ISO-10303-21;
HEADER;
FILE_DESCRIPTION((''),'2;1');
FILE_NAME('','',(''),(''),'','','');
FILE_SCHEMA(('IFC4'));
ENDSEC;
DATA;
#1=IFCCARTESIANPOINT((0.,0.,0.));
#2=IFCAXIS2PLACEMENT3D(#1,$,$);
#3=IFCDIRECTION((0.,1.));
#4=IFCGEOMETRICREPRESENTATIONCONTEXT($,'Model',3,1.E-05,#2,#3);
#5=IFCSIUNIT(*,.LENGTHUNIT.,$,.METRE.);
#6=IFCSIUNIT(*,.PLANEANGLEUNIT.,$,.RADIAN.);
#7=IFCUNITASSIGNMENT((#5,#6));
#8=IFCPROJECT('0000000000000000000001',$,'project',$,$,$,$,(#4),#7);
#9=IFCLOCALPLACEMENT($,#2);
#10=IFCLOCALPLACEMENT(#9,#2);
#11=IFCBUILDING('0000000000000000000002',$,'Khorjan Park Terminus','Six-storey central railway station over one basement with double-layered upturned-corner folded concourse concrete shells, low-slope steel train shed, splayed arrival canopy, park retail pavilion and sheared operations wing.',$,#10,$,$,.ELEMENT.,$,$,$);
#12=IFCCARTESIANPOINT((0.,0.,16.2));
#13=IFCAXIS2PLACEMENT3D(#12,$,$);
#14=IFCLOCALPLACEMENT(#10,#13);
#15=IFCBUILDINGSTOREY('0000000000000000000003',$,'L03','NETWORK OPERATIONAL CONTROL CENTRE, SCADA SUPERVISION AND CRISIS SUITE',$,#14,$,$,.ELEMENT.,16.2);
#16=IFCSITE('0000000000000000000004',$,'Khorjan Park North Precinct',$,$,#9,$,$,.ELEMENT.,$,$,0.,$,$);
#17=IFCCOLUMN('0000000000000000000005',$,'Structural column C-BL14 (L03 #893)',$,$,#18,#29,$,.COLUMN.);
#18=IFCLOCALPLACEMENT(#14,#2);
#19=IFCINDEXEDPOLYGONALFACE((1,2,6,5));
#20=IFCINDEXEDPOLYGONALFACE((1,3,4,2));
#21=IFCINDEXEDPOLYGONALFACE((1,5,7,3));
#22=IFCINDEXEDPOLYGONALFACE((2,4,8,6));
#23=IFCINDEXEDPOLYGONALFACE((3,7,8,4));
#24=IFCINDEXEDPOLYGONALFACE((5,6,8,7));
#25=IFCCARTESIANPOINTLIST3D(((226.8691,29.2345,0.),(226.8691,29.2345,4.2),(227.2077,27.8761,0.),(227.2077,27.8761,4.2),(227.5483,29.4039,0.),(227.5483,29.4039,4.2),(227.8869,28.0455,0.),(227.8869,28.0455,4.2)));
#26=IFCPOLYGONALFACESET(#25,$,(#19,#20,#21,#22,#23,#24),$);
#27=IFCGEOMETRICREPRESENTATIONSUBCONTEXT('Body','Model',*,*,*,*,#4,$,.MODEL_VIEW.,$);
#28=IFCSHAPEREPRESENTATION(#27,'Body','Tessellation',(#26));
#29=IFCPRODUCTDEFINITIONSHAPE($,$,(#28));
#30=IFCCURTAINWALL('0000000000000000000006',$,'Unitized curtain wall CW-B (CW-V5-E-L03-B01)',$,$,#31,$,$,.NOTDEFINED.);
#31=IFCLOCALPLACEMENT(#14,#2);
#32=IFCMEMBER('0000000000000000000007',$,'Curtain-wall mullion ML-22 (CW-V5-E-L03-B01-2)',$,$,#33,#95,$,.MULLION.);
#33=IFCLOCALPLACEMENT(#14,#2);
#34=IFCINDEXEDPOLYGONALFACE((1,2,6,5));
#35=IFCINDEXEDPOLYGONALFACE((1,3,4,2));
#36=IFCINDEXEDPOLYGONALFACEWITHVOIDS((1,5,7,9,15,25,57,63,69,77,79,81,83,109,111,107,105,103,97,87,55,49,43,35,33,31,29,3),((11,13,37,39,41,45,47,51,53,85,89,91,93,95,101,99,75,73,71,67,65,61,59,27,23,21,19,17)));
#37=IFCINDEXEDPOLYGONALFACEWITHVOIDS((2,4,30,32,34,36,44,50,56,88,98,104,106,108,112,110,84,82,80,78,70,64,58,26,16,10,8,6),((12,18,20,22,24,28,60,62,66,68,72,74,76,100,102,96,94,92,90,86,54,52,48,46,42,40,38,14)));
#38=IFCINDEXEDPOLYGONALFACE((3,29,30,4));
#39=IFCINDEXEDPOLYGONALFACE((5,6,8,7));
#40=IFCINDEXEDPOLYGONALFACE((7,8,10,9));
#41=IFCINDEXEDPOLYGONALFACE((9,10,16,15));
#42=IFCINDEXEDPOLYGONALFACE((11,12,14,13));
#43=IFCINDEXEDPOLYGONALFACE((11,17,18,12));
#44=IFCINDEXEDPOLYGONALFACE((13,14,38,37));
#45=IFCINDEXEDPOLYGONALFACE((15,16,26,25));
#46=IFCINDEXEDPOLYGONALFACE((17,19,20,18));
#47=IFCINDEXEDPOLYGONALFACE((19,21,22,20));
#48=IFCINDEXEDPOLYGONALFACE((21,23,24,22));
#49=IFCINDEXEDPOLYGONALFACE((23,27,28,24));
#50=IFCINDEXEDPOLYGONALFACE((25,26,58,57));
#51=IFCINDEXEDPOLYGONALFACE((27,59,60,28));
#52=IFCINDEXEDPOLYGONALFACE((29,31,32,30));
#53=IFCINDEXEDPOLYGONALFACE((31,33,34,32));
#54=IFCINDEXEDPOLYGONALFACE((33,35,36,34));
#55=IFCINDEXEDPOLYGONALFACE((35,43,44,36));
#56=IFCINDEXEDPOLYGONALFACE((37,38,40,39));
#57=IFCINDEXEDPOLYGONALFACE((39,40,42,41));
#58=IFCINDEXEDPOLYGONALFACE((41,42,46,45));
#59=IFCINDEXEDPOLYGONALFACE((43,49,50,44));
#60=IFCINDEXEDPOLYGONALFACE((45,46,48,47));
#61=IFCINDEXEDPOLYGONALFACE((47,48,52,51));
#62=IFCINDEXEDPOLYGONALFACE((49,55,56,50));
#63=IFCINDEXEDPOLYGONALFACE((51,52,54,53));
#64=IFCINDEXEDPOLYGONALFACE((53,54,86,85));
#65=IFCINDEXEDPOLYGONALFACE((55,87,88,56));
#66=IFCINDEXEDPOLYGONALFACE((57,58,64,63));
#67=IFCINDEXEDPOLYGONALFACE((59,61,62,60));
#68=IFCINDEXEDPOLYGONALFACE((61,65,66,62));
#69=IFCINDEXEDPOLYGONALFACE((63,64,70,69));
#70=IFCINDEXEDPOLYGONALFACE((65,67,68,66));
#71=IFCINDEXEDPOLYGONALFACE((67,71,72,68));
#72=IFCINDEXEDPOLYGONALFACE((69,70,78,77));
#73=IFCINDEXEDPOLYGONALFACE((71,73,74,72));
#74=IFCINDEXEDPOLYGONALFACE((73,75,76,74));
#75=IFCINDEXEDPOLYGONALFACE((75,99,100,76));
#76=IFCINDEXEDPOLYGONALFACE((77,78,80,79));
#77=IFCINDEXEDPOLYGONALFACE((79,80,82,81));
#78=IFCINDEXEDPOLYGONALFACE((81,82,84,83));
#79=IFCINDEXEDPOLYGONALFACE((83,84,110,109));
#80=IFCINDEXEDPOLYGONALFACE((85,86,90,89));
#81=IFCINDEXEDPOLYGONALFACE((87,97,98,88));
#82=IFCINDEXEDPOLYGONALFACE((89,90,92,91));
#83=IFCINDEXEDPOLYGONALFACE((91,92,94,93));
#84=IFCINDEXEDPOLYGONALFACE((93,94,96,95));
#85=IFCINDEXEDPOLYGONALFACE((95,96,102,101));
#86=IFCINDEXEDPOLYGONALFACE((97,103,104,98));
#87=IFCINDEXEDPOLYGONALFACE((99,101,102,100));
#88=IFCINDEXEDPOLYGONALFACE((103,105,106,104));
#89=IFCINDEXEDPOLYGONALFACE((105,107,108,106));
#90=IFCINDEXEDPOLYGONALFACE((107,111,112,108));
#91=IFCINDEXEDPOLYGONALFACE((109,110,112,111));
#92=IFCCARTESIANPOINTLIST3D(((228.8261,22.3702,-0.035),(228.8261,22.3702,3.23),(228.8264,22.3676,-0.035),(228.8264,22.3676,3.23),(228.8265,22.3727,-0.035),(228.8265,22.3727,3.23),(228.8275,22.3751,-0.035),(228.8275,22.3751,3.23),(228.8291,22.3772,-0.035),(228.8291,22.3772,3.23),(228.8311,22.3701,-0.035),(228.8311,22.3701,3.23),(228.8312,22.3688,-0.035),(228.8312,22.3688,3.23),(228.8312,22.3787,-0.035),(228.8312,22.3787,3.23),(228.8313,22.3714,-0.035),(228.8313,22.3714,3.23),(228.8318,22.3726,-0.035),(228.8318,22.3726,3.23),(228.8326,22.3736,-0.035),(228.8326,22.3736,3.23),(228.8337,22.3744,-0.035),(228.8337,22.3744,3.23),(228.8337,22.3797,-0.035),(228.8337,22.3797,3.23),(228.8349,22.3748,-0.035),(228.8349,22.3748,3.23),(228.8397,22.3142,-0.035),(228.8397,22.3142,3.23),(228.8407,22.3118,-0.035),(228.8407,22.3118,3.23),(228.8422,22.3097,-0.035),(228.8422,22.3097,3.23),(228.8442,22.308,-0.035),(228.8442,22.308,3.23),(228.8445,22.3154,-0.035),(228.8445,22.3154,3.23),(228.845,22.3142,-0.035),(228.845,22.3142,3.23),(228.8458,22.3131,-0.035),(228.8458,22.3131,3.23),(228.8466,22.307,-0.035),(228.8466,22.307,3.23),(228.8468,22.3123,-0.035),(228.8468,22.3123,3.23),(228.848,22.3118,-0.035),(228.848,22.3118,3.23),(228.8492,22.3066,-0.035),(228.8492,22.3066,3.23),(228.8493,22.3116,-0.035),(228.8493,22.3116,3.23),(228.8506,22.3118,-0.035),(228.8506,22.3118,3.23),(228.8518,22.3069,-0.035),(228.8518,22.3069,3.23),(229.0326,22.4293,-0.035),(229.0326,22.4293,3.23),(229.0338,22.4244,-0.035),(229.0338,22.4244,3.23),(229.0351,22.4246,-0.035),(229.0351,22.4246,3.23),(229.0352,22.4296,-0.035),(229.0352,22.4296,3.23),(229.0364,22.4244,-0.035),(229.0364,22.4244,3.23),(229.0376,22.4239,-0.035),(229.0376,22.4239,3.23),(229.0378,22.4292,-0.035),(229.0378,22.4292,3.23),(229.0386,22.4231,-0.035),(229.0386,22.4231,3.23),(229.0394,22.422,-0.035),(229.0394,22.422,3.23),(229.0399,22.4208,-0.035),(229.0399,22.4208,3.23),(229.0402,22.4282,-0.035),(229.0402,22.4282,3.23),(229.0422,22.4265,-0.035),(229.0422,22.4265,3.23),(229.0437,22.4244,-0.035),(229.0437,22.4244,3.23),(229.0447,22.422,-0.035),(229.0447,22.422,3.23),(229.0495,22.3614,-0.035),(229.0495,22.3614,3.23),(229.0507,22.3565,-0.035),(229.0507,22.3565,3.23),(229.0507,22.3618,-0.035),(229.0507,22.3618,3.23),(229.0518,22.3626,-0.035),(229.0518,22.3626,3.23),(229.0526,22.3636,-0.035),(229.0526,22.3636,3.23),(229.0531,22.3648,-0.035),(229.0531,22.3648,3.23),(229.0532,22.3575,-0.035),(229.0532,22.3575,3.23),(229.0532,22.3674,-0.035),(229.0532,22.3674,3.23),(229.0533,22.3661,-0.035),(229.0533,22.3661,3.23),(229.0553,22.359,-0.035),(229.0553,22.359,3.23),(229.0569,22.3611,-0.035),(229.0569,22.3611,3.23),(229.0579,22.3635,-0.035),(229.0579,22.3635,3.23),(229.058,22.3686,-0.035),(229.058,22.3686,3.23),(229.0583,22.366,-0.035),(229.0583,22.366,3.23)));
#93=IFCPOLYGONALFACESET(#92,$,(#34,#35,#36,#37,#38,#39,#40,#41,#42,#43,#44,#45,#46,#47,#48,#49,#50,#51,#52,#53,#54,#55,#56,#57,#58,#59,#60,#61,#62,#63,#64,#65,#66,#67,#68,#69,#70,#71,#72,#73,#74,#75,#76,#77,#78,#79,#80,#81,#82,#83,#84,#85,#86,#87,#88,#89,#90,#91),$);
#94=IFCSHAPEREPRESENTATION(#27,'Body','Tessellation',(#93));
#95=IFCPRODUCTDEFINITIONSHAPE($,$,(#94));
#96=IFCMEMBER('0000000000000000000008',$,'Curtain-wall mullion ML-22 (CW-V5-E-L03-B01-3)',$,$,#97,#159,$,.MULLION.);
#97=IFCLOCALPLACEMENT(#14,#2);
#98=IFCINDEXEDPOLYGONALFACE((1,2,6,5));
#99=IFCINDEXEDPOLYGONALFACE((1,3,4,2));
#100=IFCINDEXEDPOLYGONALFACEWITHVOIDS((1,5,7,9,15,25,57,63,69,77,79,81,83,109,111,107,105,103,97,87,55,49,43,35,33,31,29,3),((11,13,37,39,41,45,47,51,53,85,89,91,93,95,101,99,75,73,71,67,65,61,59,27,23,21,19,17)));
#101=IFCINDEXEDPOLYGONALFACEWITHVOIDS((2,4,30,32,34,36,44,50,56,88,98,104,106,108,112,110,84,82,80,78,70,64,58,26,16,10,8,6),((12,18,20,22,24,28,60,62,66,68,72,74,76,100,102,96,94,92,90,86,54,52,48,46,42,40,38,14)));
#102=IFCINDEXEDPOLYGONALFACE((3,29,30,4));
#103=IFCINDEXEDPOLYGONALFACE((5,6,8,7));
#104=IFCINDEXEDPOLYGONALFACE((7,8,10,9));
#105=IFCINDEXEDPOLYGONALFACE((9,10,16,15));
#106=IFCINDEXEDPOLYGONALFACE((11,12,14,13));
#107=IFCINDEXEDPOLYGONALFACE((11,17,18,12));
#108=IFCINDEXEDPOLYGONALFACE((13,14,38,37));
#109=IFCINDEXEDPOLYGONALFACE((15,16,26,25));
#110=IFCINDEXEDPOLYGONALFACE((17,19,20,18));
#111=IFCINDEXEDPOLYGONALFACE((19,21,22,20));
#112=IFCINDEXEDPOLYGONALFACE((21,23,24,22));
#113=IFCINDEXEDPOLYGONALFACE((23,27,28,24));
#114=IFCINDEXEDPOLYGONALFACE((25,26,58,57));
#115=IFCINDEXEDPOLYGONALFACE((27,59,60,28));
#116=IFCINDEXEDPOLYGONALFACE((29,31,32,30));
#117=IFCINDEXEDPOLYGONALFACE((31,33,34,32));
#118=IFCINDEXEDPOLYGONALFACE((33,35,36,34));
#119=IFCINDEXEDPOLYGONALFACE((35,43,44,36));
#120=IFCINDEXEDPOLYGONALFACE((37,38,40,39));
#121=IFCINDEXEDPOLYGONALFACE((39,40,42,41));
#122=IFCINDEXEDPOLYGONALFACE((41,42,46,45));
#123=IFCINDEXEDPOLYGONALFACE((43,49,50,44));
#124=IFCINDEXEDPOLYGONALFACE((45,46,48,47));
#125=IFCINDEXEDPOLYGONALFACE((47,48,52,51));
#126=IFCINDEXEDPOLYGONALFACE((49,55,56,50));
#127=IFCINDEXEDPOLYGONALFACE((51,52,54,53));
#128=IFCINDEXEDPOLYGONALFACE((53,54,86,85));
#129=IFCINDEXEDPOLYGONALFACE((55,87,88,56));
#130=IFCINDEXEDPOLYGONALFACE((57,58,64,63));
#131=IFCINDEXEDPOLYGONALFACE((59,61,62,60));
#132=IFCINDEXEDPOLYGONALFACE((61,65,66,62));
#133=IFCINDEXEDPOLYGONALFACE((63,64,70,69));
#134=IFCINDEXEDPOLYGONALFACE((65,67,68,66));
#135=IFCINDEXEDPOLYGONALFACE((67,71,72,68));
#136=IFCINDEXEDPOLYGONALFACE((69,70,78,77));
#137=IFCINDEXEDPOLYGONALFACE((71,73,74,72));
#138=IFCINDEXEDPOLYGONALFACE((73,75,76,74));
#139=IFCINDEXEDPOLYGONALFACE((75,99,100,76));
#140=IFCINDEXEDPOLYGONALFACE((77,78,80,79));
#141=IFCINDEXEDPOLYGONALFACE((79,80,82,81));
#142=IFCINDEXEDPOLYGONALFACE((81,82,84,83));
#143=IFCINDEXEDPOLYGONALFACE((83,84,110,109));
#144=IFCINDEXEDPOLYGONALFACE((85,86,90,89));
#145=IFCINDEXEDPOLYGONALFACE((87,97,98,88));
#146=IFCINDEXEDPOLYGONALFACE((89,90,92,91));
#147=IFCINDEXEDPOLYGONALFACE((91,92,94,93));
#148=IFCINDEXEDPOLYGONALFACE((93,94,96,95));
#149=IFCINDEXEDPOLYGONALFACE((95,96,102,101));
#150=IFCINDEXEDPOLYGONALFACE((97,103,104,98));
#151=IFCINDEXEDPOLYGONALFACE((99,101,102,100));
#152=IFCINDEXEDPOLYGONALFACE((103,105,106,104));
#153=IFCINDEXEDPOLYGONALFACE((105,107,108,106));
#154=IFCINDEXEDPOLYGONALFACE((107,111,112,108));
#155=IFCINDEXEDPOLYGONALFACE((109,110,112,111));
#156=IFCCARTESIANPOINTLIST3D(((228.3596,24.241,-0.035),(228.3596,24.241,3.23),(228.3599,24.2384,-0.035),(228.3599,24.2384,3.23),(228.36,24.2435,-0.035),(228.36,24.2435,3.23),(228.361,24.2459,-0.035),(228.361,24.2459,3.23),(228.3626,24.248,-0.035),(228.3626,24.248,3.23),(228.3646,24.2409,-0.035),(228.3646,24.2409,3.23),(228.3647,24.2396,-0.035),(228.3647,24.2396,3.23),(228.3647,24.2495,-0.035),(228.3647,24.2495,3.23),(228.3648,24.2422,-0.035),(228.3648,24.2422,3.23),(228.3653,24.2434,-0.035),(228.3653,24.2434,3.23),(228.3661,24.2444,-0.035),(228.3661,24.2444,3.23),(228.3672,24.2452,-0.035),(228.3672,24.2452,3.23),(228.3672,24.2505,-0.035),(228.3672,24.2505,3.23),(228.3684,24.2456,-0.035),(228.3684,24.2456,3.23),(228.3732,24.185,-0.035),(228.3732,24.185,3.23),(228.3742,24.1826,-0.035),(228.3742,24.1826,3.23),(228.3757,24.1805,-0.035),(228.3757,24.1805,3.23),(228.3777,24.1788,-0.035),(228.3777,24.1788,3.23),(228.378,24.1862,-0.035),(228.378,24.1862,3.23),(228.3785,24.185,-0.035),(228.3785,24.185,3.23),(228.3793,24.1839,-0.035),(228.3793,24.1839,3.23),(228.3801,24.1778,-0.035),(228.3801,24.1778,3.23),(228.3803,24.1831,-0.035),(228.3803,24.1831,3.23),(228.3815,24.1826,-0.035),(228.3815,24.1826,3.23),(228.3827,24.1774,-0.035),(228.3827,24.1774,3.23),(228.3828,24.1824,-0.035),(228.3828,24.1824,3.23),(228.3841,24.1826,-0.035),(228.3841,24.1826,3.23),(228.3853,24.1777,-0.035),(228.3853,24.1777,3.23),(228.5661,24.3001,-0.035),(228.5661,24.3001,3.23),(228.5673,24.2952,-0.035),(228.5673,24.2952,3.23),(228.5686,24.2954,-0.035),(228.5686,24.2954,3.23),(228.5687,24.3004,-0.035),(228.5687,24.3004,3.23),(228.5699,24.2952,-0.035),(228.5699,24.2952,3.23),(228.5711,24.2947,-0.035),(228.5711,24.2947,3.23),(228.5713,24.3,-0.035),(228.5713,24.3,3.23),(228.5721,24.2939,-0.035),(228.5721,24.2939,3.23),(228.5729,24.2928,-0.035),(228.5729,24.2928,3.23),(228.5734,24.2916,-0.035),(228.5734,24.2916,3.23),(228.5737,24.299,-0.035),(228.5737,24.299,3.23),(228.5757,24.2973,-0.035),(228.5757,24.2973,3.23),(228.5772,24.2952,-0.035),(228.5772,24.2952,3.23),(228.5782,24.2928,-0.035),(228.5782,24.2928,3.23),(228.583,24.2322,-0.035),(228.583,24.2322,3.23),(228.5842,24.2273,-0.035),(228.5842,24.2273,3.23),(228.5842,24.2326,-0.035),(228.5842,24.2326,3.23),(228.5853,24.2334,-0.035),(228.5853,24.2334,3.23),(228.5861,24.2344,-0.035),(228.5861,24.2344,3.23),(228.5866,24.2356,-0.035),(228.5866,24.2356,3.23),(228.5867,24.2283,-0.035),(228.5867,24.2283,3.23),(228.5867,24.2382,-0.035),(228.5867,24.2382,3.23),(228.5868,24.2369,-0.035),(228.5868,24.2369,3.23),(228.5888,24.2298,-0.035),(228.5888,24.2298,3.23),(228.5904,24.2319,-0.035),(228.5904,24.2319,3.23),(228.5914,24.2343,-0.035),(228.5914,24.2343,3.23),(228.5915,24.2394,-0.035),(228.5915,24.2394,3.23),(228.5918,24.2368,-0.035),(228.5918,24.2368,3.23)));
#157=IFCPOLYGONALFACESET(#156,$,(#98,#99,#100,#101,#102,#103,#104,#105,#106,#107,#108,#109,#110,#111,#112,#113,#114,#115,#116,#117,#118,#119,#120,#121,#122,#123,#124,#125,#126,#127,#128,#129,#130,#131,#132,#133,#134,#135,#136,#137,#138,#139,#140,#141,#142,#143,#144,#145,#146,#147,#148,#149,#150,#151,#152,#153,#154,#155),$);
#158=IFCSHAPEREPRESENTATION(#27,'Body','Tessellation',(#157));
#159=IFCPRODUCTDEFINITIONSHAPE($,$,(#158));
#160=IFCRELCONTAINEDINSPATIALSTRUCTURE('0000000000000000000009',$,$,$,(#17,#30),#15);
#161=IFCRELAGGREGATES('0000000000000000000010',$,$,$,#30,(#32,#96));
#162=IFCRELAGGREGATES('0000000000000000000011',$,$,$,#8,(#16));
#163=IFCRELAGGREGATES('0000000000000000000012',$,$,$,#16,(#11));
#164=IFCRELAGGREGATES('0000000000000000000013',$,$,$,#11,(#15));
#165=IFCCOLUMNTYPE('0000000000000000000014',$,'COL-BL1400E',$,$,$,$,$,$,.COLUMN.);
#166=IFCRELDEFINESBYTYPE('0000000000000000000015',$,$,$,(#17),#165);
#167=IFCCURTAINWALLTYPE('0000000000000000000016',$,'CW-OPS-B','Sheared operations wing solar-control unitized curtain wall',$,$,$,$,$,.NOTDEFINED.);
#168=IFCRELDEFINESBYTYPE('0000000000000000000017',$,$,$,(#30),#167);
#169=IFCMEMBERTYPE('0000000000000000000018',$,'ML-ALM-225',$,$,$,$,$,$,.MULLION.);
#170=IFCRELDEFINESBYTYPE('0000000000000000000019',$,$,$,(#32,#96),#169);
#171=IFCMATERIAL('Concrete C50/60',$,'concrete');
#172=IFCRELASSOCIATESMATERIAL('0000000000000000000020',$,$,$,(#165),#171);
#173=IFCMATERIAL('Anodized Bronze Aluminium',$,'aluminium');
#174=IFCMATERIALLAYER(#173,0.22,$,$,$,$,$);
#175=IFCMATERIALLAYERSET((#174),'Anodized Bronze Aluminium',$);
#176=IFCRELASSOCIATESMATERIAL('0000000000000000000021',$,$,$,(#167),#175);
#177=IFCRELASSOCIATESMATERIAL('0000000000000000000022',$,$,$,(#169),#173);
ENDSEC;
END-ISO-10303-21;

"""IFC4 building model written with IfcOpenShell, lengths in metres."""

from ifc_helpers import new_model, si_unit, direction, frame, origin, origin_2d, place, context, subcontext, project, spatial, rectangle, hollow_rectangle, extrude, material, layer, layer_set, material_profile, profile_set, type_object, element, aggregate, save


model = new_model("IFC4")

# Units and contexts
model_context = context("Model", 3, precision=1e-05, world=origin(), true_north=direction((0.0, 1.0)))
body_context = subcontext(model_context, "Body", "Model", "MODEL_VIEW")
ifc_project = project(units=[si_unit("LENGTHUNIT", "METRE"), si_unit("PLANEANGLEUNIT", "RADIAN")], contexts=[model_context])

# Site, building, storey
site_placement = place(None, origin())
site = spatial("IfcSite", under=ifc_project, at=site_placement, Name="Khorjan Park North Precinct", CompositionType="ELEMENT", RefElevation=0.0)
building_placement = place(site_placement, origin())
building = spatial("IfcBuilding", under=site, at=building_placement, Name="Khorjan Park Terminus", Description="Six-storey central railway station over one basement with double-layered upturned-corner folded concourse concrete shells, low-slope steel train shed, splayed arrival canopy, park retail pavilion and sheared operations wing.", CompositionType="ELEMENT")
storey_placement = place(building_placement, frame((0.0, 0.0, 16.2)))
storey = spatial("IfcBuildingStorey", under=building, at=storey_placement, Name="L03", Description="NETWORK OPERATIONAL CONTROL CENTRE, SCADA SUPERVISION AND CRISIS SUITE", CompositionType="ELEMENT", Elevation=16.2)

# Column
ifc_material_1 = material(Name="Concrete C50/60", Category="concrete")
ifc_material_profile_1 = material_profile(ifc_material_1, rectangle(XDim=0.7, YDim=1.4, at=origin_2d()), Name="RC 700x1400")
ifc_profile_set_1 = profile_set([ifc_material_profile_1], Name="Concrete C50/60")
column_type = type_object("IfcColumnType", Name="COL-BL1400E", PredefinedType="COLUMN", material=ifc_profile_set_1)
column_placement = place(storey_placement, frame((227.378, 28.64, 0.0), z_axis=(0.0, 0.0, 1.0), x_axis=(0.970296, 0.241922, 0.0)))
element("IfcColumn", 1, at=column_placement, inside=storey, type_object=column_type, Name="Structural column C-BL14 (L03 #893)", PredefinedType="COLUMN", context=body_context, shape_type="SweptSolid", body=[
    extrude(rectangle(XDim=0.7, YDim=1.4, at=origin_2d()), origin(), (0.0, 0.0, 1.0), 4.2),
])

# Curtain wall, members
ifc_material_2 = material(Name="Anodized Bronze Aluminium", Category="aluminium")
ifc_layer_1 = layer(ifc_material_2, 0.22)
ifc_layer_set_1 = layer_set([ifc_layer_1], Name="Anodized Bronze Aluminium")
curtain_wall_type = type_object("IfcCurtainWallType", Name="CW-OPS-B", Description="Sheared operations wing solar-control unitized curtain wall", PredefinedType="NOTDEFINED", material=ifc_layer_set_1)
curtain_wall_placement = place(storey_placement, origin())
curtain_wall = element("IfcCurtainWall", 2, at=curtain_wall_placement, inside=storey, type_object=curtain_wall_type, Name="Unitized curtain wall CW-B (CW-V5-E-L03-B01)", PredefinedType="NOTDEFINED")
ifc_material_profile_2 = material_profile(ifc_material_2, hollow_rectangle(XDim=0.075, YDim=0.225, WallThickness=0.005, InnerFilletRadius=0.005, OuterFilletRadius=0.01, at=origin_2d()), Name="ALM 75x225x5")
ifc_profile_set_2 = profile_set([ifc_material_profile_2], Name="Anodized Bronze Aluminium")
member_type_1 = type_object("IfcMemberType", Name="ML-ALM-225", PredefinedType="MULLION", material=ifc_profile_set_2)
member_1_placement = place(storey_placement, frame((228.9422, 22.3681, -0.035), z_axis=(0.0, 0.0, 1.0), x_axis=(-0.24192, 0.970296, 0.0)))
member_1 = element("IfcMember", 3, at=member_1_placement, type_object=member_type_1, Name="Curtain-wall mullion ML-22 (CW-V5-E-L03-B01-2)", PredefinedType="MULLION", context=body_context, shape_type="SweptSolid", body=[
    extrude(hollow_rectangle(XDim=0.075, YDim=0.225, WallThickness=0.005, InnerFilletRadius=0.005, OuterFilletRadius=0.01, at=origin_2d()), origin(), (0.0, 0.0, 1.0), 3.265),
])
member_2_placement = place(storey_placement, frame((228.4757, 24.2389, -0.035), z_axis=(0.0, 0.0, 1.0), x_axis=(-0.24192, 0.970296, 0.0)))
member_2 = element("IfcMember", 4, at=member_2_placement, type_object=member_type_1, Name="Curtain-wall mullion ML-22 (CW-V5-E-L03-B01-3)", PredefinedType="MULLION", context=body_context, shape_type="SweptSolid", body=[
    extrude(hollow_rectangle(XDim=0.075, YDim=0.225, WallThickness=0.005, InnerFilletRadius=0.005, OuterFilletRadius=0.01, at=origin_2d()), origin(), (0.0, 0.0, 1.0), 3.265),
])
aggregate(curtain_wall, [member_1, member_2])

save(model, "model.ifc")
